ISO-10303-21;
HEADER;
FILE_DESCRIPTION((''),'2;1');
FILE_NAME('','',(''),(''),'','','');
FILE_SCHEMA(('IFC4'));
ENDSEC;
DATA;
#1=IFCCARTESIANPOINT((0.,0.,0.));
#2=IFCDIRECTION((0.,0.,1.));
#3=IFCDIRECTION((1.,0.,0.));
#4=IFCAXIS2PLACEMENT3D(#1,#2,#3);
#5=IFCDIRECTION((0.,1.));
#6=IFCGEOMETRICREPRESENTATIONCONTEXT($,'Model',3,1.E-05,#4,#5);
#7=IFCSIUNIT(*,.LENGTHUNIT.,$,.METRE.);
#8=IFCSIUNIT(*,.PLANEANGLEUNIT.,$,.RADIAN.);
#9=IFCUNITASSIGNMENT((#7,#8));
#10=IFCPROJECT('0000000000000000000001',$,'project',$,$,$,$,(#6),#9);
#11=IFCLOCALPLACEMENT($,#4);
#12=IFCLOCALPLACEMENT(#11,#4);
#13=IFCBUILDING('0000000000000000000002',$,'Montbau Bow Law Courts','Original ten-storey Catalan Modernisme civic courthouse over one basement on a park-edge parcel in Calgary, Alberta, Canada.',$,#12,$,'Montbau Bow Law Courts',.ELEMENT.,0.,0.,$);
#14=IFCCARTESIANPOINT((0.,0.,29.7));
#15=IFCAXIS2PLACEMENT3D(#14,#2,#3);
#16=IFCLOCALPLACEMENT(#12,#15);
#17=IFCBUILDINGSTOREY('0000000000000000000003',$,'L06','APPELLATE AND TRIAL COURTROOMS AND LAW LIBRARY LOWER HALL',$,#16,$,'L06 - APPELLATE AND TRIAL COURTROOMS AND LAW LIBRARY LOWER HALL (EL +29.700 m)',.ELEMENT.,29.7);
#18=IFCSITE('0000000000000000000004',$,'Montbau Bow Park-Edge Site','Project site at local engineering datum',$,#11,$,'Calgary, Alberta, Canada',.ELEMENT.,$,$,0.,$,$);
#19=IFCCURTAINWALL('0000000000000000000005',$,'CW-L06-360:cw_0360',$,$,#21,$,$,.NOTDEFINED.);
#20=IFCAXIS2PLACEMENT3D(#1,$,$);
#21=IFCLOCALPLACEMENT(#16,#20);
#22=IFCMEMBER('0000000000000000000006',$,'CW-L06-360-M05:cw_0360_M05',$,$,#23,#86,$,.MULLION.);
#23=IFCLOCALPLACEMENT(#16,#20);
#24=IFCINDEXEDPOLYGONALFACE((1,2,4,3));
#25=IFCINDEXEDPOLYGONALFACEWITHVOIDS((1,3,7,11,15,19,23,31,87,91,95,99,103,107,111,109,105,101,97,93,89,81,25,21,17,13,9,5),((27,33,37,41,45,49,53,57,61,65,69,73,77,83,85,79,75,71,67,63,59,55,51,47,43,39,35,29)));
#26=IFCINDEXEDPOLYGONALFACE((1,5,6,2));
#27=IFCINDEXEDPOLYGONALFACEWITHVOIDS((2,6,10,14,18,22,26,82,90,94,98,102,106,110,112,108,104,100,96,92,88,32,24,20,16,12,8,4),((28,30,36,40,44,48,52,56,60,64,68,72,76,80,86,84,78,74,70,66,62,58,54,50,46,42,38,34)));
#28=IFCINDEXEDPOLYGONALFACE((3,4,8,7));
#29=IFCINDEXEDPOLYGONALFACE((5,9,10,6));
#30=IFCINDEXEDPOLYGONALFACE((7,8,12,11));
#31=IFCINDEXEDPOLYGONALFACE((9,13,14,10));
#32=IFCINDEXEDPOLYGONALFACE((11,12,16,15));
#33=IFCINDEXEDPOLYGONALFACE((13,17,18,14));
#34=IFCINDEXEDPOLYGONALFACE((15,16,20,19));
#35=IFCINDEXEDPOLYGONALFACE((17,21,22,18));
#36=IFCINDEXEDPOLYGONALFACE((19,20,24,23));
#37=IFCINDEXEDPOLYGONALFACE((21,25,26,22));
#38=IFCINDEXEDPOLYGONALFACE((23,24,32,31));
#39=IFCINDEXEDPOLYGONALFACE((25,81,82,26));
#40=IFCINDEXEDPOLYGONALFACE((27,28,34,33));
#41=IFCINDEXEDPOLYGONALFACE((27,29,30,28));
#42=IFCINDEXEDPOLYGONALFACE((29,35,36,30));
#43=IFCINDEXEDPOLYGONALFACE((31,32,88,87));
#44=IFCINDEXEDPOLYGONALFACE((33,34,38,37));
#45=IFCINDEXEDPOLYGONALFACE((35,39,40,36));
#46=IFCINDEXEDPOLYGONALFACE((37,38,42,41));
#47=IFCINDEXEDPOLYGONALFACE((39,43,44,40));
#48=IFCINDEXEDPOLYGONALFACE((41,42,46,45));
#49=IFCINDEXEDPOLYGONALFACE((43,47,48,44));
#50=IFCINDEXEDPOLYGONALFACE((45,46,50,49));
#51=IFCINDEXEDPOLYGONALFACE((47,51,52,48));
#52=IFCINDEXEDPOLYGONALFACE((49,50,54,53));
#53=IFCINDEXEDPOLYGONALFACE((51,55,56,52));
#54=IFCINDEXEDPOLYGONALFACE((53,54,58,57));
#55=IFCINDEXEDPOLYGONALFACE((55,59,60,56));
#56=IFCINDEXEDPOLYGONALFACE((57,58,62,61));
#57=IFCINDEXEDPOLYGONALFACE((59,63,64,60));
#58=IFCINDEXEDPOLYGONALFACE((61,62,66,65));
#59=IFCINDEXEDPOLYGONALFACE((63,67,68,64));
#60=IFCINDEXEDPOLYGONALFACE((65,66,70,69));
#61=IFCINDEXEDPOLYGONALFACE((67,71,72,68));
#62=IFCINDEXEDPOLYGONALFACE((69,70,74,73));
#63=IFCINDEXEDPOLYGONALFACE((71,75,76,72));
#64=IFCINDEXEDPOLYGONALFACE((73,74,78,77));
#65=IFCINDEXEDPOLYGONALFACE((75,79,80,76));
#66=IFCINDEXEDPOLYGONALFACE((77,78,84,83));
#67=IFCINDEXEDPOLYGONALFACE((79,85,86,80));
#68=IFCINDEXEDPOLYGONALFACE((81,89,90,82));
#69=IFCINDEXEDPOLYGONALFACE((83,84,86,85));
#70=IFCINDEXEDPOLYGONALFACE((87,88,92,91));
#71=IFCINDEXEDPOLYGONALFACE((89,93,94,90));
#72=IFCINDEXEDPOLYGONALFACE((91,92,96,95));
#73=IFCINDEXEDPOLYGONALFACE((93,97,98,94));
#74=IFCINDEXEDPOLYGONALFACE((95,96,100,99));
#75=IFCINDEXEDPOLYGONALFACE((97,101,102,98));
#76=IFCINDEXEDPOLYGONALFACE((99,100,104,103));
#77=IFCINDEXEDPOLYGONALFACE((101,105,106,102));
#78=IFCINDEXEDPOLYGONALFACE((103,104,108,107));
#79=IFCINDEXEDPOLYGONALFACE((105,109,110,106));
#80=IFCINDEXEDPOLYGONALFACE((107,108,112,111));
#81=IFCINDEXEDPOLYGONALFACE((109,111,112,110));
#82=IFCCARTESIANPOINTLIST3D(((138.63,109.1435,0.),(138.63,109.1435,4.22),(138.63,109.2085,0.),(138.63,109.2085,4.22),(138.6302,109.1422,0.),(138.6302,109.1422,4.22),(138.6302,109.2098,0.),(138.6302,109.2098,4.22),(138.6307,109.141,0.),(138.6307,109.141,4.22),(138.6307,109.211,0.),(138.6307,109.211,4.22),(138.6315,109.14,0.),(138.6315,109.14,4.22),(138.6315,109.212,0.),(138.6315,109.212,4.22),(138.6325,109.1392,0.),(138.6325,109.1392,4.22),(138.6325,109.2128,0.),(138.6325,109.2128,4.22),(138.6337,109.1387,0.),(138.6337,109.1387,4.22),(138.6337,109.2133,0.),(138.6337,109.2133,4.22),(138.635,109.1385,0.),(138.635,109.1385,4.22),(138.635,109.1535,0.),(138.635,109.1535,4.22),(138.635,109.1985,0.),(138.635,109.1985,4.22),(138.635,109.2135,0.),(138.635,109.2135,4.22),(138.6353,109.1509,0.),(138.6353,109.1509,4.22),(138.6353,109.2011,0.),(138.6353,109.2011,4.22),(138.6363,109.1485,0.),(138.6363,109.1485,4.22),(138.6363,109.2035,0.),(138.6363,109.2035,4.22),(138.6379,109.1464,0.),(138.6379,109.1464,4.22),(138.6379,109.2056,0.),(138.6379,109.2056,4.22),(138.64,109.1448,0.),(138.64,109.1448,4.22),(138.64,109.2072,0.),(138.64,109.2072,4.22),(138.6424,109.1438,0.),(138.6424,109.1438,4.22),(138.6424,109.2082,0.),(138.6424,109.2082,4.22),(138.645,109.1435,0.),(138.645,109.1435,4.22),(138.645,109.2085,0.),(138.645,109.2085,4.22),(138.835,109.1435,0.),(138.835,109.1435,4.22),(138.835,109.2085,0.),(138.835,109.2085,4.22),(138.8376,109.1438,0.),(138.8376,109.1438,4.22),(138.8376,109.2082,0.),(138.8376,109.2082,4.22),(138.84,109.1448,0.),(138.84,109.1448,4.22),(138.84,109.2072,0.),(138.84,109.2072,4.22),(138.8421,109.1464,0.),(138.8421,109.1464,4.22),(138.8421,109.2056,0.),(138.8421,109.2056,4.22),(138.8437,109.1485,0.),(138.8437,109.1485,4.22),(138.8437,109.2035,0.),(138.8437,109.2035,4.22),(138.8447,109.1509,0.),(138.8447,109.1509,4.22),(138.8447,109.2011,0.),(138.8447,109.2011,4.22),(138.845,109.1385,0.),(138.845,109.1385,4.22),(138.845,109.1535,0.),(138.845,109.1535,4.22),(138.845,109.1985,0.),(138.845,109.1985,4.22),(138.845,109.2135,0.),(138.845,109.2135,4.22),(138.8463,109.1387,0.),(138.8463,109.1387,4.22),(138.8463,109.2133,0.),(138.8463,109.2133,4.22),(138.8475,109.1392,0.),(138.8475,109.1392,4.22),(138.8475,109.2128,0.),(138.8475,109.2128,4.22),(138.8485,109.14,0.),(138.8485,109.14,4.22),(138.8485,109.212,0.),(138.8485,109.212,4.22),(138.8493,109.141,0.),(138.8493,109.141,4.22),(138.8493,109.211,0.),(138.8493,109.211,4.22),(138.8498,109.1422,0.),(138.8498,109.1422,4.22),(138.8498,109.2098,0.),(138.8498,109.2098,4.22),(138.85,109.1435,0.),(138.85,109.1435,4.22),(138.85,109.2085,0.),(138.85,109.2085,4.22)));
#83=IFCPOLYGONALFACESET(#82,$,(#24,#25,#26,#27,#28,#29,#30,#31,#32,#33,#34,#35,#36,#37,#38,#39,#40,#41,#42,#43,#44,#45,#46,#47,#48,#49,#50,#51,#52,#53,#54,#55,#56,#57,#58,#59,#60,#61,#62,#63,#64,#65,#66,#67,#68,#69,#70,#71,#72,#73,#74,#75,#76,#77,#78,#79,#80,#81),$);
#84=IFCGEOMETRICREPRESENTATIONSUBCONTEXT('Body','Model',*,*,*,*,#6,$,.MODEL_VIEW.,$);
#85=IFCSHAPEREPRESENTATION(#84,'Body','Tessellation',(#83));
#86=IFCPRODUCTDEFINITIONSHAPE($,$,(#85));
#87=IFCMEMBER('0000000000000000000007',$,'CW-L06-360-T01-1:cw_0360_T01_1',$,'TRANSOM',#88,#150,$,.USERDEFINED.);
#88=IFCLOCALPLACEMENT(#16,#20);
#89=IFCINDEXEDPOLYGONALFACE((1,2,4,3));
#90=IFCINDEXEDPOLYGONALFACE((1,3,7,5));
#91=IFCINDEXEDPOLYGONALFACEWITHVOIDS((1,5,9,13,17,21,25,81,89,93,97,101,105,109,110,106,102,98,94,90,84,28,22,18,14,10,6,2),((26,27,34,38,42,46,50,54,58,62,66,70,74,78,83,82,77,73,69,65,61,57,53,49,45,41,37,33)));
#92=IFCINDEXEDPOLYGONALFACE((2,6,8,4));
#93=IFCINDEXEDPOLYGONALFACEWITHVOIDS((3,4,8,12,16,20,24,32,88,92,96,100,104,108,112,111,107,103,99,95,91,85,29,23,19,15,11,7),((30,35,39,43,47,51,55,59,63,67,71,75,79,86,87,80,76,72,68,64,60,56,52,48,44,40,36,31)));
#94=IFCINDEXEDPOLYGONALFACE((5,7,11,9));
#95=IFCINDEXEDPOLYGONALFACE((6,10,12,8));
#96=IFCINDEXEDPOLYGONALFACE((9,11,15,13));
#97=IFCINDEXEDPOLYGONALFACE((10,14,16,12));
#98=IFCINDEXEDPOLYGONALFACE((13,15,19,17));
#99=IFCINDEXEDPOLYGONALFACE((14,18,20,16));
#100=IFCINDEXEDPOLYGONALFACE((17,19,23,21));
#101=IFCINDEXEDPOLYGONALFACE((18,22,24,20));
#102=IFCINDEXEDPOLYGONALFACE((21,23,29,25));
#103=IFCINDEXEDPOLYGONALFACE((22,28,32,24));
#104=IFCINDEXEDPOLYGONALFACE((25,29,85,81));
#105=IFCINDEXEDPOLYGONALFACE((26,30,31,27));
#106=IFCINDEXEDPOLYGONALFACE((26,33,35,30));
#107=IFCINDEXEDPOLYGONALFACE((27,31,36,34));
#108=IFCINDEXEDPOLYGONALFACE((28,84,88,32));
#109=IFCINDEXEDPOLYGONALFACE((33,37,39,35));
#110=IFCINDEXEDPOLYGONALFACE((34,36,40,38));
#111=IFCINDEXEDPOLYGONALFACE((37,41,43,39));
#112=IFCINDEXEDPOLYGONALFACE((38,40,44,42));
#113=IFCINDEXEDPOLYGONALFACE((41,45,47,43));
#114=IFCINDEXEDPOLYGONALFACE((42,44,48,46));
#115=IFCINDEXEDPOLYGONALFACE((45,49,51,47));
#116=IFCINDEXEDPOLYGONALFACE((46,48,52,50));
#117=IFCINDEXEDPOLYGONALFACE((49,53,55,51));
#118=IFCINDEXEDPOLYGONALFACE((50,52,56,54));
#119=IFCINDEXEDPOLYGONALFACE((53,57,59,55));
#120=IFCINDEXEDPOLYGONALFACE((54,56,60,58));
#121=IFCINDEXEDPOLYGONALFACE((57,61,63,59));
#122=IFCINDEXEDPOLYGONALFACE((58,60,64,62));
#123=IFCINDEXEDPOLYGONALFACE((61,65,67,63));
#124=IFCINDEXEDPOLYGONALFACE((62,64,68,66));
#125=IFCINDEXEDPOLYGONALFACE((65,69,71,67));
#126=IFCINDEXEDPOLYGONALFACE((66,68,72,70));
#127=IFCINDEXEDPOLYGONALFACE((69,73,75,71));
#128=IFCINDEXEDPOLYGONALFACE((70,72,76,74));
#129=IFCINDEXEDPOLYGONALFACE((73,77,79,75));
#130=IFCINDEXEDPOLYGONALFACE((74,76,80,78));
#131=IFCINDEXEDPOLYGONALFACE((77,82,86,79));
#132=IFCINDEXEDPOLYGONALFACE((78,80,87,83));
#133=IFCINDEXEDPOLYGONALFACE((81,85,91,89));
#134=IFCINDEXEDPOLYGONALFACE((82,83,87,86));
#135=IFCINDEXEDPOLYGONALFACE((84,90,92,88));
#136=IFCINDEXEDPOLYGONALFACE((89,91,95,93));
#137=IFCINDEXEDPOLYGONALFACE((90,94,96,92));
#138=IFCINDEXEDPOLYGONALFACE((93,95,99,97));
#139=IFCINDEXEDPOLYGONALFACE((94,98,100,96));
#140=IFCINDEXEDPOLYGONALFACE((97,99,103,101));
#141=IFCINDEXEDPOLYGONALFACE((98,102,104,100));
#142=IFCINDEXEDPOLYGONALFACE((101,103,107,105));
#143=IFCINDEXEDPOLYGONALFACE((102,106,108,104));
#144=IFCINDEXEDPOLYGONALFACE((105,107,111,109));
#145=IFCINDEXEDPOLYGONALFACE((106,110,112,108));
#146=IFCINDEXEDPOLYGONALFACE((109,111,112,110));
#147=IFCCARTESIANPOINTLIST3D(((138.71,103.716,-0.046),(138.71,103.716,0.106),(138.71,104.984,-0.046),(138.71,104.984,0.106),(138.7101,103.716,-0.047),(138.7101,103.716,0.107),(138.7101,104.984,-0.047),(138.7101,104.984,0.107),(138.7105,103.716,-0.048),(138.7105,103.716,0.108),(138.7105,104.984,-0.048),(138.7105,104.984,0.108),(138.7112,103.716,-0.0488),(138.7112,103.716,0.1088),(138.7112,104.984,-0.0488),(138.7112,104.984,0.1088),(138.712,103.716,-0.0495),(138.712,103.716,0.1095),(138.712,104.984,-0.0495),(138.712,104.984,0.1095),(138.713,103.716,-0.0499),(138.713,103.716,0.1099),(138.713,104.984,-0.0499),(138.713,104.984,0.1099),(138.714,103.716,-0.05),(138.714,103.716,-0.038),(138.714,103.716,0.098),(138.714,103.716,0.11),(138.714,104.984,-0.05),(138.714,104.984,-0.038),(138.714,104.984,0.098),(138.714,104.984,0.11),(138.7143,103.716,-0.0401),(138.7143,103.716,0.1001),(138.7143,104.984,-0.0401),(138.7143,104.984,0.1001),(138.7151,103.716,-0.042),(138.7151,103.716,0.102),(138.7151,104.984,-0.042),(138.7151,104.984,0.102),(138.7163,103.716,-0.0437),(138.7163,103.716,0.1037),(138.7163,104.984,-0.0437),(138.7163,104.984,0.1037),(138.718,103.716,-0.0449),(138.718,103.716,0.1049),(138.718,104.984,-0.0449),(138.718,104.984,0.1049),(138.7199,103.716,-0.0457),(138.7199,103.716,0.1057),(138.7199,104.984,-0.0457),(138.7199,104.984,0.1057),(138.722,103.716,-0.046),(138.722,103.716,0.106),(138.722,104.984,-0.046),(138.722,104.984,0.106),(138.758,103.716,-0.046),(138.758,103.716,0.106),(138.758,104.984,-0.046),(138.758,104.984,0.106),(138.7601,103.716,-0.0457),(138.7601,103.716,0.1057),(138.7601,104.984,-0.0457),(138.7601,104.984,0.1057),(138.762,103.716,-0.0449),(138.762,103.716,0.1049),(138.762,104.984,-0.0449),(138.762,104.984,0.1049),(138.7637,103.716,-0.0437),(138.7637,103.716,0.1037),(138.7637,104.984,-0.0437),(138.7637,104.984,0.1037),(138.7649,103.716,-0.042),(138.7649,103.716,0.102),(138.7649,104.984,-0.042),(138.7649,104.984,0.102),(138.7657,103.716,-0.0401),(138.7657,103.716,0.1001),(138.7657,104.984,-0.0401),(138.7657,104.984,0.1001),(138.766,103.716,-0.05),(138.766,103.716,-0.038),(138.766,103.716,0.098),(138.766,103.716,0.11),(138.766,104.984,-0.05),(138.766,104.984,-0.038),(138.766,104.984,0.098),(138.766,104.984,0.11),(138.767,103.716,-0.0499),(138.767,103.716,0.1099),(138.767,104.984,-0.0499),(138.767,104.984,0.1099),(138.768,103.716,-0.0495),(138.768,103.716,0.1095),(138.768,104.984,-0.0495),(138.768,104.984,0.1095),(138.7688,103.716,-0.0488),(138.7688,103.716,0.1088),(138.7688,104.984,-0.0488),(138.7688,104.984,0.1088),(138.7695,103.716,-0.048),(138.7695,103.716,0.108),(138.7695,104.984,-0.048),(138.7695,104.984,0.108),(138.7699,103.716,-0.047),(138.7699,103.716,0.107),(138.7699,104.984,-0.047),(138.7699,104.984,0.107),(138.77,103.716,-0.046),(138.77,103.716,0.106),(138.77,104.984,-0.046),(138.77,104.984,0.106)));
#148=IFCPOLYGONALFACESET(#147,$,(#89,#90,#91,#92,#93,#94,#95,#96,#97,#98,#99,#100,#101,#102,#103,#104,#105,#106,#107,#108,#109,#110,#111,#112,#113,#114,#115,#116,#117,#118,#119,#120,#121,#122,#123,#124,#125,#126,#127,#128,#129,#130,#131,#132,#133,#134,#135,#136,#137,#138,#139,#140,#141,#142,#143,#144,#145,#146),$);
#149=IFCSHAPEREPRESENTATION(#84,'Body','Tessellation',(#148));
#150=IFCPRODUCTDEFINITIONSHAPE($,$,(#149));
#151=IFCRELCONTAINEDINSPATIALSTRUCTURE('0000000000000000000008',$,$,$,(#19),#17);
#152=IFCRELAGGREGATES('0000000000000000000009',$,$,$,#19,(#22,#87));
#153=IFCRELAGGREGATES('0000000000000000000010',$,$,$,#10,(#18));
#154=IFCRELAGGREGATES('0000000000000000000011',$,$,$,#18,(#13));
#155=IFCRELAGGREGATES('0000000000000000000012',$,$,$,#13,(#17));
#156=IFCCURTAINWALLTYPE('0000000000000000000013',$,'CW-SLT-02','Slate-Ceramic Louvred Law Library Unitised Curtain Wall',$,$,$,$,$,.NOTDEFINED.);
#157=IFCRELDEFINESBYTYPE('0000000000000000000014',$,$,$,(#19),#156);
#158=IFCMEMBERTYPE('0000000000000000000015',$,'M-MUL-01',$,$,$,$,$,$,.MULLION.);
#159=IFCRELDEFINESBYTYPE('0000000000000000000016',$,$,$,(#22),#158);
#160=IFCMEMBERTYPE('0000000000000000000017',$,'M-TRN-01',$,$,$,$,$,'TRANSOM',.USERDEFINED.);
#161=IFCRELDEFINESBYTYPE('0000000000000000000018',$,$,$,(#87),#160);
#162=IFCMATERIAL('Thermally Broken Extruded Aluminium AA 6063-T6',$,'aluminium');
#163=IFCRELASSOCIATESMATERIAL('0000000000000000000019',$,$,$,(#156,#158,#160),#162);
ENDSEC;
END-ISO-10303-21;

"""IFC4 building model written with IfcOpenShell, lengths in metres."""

from ifc_helpers import new_model, si_unit, direction, frame, origin_with_axes, origin_2d_with_axis, place, context, subcontext, project, spatial, hollow_rectangle, extrude, material, material_profile, profile_set, type_object, element, aggregate, save


model = new_model("IFC4")

# Units and contexts
model_context = context("Model", 3, precision=1e-05, world=origin_with_axes(), true_north=direction((0.0, 1.0)))
body_context = subcontext(model_context, "Body", "Model", "MODEL_VIEW")
ifc_project = project(units=[si_unit("LENGTHUNIT", "METRE"), si_unit("PLANEANGLEUNIT", "RADIAN")], contexts=[model_context])

# Site, building, storey
site_placement = place(None, origin_with_axes())
site = spatial("IfcSite", under=ifc_project, at=site_placement, Name="Montbau Bow Park-Edge Site", Description="Project site at local engineering datum", LongName="Calgary, Alberta, Canada", CompositionType="ELEMENT", RefElevation=0.0)
building_placement = place(site_placement, origin_with_axes())
building = spatial("IfcBuilding", under=site, at=building_placement, Name="Montbau Bow Law Courts", Description="Original ten-storey Catalan Modernisme civic courthouse over one basement on a park-edge parcel in Calgary, Alberta, Canada.", LongName="Montbau Bow Law Courts", CompositionType="ELEMENT", ElevationOfRefHeight=0.0, ElevationOfTerrain=0.0)
storey_placement = place(building_placement, frame((0.0, 0.0, 29.7), z_axis=(0.0, 0.0, 1.0), x_axis=(1.0, 0.0, 0.0)))
storey = spatial("IfcBuildingStorey", under=building, at=storey_placement, Name="L06", Description="APPELLATE AND TRIAL COURTROOMS AND LAW LIBRARY LOWER HALL", LongName="L06 - APPELLATE AND TRIAL COURTROOMS AND LAW LIBRARY LOWER HALL (EL +29.700 m)", CompositionType="ELEMENT", Elevation=29.7)

# Curtain wall, members
ifc_material_1 = material(Name="Thermally Broken Extruded Aluminium AA 6063-T6", Category="aluminium")
curtain_wall_type = type_object("IfcCurtainWallType", Name="CW-SLT-02", Description="Slate-Ceramic Louvred Law Library Unitised Curtain Wall", PredefinedType="NOTDEFINED", material=ifc_material_1)
curtain_wall_placement = place(None, frame((138.74, 103.64, 29.7), z_axis=(0.0, 0.0, 1.0), x_axis=(1.0, 0.0, 0.0)))
curtain_wall = element("IfcCurtainWall", 1, at=curtain_wall_placement, inside=storey, type_object=curtain_wall_type, Name="CW-L06-360:cw_0360", PredefinedType="NOTDEFINED")
ifc_material_profile_1 = material_profile(ifc_material_1, hollow_rectangle(XDim=0.075, YDim=0.22, WallThickness=0.005, InnerFilletRadius=0.01, OuterFilletRadius=0.005, at=origin_2d_with_axis()), Name="CWM-220X75", Category="Main", Priority=0)
ifc_profile_set_1 = profile_set([ifc_material_profile_1], Name="Thermally Broken Extruded Aluminium AA 6063-T6")
member_type_1 = type_object("IfcMemberType", Name="M-MUL-01", PredefinedType="MULLION", material=ifc_profile_set_1)
member_1_placement = place(None, frame((138.74, 109.176, 29.7), z_axis=(0.0, 0.0, 1.0), x_axis=(0.0, 1.0, 0.0)))
member_1 = element("IfcMember", 2, at=member_1_placement, type_object=member_type_1, Name="CW-L06-360-M05:cw_0360_M05", PredefinedType="MULLION", context=body_context, shape_type="SweptSolid", body=[
    extrude(hollow_rectangle(XDim=0.075, YDim=0.22, WallThickness=0.005, InnerFilletRadius=0.01, OuterFilletRadius=0.005, at=origin_2d_with_axis()), origin_with_axes(), (0.0, 0.0, 1.0), 4.22),
])
ifc_material_profile_2 = material_profile(ifc_material_1, hollow_rectangle(XDim=0.06, YDim=0.16, WallThickness=0.004, InnerFilletRadius=0.008, OuterFilletRadius=0.004, at=origin_2d_with_axis()), Name="CWT-160X60", Category="Main", Priority=0)
ifc_profile_set_2 = profile_set([ifc_material_profile_2], Name="Thermally Broken Extruded Aluminium AA 6063-T6")
member_type_2 = type_object("IfcMemberType", Name="M-TRN-01", ElementType="TRANSOM", PredefinedType="USERDEFINED", material=ifc_profile_set_2)
member_2_placement = place(None, frame((138.74, 103.716, 29.73), z_axis=(0.0, 1.0, 0.0), x_axis=(-1.0, 0.0, 0.0)))
member_2 = element("IfcMember", 3, at=member_2_placement, type_object=member_type_2, Name="CW-L06-360-T01-1:cw_0360_T01_1", ObjectType="TRANSOM", PredefinedType="USERDEFINED", context=body_context, shape_type="SweptSolid", body=[
    extrude(hollow_rectangle(XDim=0.06, YDim=0.16, WallThickness=0.004, InnerFilletRadius=0.008, OuterFilletRadius=0.004, at=origin_2d_with_axis()), origin_with_axes(), (0.0, 0.0, 1.0), 1.268),
])
aggregate(curtain_wall, [member_1, member_2])

save(model, "model.ifc")
